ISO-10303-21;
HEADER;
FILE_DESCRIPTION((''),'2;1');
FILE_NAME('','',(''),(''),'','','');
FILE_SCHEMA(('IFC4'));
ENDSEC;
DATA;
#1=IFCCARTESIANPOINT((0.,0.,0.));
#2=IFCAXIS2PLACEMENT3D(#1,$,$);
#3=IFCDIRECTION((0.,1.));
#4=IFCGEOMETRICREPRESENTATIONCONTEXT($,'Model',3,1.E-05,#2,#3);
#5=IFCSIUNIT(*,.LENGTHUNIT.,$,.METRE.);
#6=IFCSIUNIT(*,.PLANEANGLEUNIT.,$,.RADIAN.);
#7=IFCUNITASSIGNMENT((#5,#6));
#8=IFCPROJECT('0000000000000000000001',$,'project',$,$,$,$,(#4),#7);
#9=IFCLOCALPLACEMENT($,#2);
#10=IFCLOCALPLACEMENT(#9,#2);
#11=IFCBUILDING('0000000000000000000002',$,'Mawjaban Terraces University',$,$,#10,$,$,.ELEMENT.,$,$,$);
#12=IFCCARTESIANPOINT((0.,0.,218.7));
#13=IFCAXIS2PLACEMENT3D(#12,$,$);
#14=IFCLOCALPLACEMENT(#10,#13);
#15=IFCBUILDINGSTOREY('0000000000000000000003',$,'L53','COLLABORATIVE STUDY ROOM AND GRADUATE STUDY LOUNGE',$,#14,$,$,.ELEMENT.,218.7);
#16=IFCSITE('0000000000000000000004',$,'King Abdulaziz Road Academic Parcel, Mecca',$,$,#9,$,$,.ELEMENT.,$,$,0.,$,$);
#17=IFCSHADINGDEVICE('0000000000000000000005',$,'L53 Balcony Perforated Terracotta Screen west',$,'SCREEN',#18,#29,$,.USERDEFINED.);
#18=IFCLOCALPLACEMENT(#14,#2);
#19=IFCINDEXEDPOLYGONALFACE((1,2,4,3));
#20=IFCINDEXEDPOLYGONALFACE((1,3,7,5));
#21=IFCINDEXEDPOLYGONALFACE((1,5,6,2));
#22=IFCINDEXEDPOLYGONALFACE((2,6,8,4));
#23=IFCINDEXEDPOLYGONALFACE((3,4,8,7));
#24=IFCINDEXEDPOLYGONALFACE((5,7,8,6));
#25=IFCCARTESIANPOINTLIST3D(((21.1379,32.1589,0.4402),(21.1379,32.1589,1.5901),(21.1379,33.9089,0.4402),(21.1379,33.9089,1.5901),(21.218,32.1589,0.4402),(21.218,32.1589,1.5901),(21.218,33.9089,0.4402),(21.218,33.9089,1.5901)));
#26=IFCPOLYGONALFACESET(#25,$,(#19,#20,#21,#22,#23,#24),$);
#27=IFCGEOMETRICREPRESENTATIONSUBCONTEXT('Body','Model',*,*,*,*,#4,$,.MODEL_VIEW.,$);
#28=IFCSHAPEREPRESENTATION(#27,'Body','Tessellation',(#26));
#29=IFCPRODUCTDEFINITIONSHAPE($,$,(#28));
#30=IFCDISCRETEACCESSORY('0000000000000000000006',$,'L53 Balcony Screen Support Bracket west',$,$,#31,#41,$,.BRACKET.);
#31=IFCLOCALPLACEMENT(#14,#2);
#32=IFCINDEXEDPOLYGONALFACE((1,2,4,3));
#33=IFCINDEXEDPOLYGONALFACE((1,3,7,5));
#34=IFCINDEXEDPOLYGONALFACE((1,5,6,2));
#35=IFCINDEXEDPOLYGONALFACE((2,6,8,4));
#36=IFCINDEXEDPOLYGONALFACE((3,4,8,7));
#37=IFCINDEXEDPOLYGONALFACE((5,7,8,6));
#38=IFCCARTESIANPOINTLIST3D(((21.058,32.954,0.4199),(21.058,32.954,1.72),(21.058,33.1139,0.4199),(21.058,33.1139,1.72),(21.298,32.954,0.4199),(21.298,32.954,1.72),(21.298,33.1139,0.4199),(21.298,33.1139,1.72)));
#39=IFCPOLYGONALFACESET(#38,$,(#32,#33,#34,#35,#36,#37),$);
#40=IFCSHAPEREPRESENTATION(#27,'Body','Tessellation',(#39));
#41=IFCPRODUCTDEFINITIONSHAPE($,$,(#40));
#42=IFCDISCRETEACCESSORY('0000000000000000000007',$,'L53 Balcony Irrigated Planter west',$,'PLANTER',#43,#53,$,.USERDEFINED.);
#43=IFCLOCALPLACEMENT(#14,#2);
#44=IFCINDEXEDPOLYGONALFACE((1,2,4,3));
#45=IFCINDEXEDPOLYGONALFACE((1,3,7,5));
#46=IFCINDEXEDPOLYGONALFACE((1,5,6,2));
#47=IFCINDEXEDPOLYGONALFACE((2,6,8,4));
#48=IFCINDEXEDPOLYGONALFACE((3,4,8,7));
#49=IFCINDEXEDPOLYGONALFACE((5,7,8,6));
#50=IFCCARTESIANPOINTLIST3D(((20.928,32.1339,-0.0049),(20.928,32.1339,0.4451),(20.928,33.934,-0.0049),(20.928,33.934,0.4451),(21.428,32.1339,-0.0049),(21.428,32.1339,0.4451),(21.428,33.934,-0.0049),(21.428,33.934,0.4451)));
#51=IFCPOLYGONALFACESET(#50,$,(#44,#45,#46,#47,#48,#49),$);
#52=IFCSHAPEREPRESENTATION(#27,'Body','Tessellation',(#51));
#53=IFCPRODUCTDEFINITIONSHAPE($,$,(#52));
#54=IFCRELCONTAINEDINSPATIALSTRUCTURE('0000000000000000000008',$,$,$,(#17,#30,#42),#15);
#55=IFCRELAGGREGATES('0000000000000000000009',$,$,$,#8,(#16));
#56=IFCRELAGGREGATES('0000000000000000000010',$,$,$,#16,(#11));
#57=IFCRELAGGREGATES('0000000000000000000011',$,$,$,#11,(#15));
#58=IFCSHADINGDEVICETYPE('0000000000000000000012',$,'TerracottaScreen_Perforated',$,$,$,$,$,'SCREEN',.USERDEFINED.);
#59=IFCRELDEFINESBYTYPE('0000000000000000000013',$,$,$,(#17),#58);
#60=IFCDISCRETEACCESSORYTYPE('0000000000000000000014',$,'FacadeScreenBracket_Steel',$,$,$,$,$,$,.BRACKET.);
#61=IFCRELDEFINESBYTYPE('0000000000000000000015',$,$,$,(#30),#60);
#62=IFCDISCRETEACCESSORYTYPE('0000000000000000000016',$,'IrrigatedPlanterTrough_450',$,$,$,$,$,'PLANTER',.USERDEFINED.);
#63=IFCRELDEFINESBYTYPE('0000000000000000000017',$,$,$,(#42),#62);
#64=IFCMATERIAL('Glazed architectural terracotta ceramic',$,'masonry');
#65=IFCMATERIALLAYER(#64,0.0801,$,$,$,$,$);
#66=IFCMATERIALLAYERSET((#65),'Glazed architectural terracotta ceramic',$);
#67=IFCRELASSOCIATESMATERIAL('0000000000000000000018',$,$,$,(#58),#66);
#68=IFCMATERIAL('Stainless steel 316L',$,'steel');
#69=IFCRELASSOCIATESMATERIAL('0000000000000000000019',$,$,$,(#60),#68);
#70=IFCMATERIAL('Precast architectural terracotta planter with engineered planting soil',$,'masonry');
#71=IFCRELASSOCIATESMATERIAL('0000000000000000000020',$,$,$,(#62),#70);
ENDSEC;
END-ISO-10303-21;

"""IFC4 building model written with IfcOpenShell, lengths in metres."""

from ifc_helpers import new_model, si_unit, direction, frame, origin, origin_2d, place, context, subcontext, project, spatial, rectangle, extrude, material, layer, layer_set, type_object, element, save


model = new_model("IFC4")

# Units and contexts
model_context = context("Model", 3, precision=1e-05, world=origin(), true_north=direction((0.0, 1.0)))
body_context = subcontext(model_context, "Body", "Model", "MODEL_VIEW")
ifc_project = project(units=[si_unit("LENGTHUNIT", "METRE"), si_unit("PLANEANGLEUNIT", "RADIAN")], contexts=[model_context])

# Site, building, storey
site_placement = place(None, origin())
site = spatial("IfcSite", under=ifc_project, at=site_placement, Name="King Abdulaziz Road Academic Parcel, Mecca", CompositionType="ELEMENT", RefElevation=0.0)
building_placement = place(site_placement, origin())
building = spatial("IfcBuilding", under=site, at=building_placement, Name="Mawjaban Terraces University", CompositionType="ELEMENT")
storey_placement = place(building_placement, frame((0.0, 0.0, 218.7)))
storey = spatial("IfcBuildingStorey", under=building, at=storey_placement, Name="L53", Description="COLLABORATIVE STUDY ROOM AND GRADUATE STUDY LOUNGE", CompositionType="ELEMENT", Elevation=218.7)

# Shading device
ifc_material_1 = material(Name="Glazed architectural terracotta ceramic", Category="masonry")
ifc_layer_1 = layer(ifc_material_1, 0.0801)
ifc_layer_set_1 = layer_set([ifc_layer_1], Name="Glazed architectural terracotta ceramic")
shading_device_type_1 = type_object("IfcShadingDeviceType", Name="TerracottaScreen_Perforated", ElementType="SCREEN", PredefinedType="USERDEFINED", material=ifc_layer_set_1)
shading_device_placement = place(storey_placement, frame((21.178, 33.0339, 0.4402), z_axis=(0.0, 0.0, 1.0), x_axis=(0.0, 1.0, 0.0)))
element("IfcShadingDevice", 1, at=shading_device_placement, inside=storey, type_object=shading_device_type_1, Name="L53 Balcony Perforated Terracotta Screen west", ObjectType="SCREEN", PredefinedType="USERDEFINED", context=body_context, shape_type="SweptSolid", body=[
    extrude(rectangle(XDim=1.75, YDim=0.0801, at=origin_2d()), origin(), (0.0, 0.0, 1.0), 1.1499),
])

# Discrete accessories
ifc_material_2 = material(Name="Stainless steel 316L", Category="steel")
discrete_accessory_type_1 = type_object("IfcDiscreteAccessoryType", Name="FacadeScreenBracket_Steel", PredefinedType="BRACKET", material=ifc_material_2)
discrete_accessory_1_placement = place(storey_placement, frame((21.178, 33.0339, 0.4199), z_axis=(0.0, 0.0, 1.0), x_axis=(0.0, 1.0, 0.0)))
element("IfcDiscreteAccessory", 2, at=discrete_accessory_1_placement, inside=storey, type_object=discrete_accessory_type_1, Name="L53 Balcony Screen Support Bracket west", PredefinedType="BRACKET", context=body_context, shape_type="SweptSolid", body=[
    extrude(rectangle(XDim=0.1599, YDim=0.24, at=origin_2d()), origin(), (0.0, 0.0, 1.0), 1.3),
])
ifc_material_3 = material(Name="Precast architectural terracotta planter with engineered planting soil", Category="masonry")
discrete_accessory_type_2 = type_object("IfcDiscreteAccessoryType", Name="IrrigatedPlanterTrough_450", ElementType="PLANTER", PredefinedType="USERDEFINED", material=ifc_material_3)
discrete_accessory_2_placement = place(storey_placement, frame((21.178, 33.0339, -0.0049), z_axis=(0.0, 0.0, 1.0), x_axis=(0.0, 1.0, 0.0)))
element("IfcDiscreteAccessory", 3, at=discrete_accessory_2_placement, inside=storey, type_object=discrete_accessory_type_2, Name="L53 Balcony Irrigated Planter west", ObjectType="PLANTER", PredefinedType="USERDEFINED", context=body_context, shape_type="SweptSolid", body=[
    extrude(rectangle(XDim=1.8, YDim=0.5, at=origin_2d()), origin(), (0.0, 0.0, 1.0), 0.45),
])

save(model, "model.ifc")
